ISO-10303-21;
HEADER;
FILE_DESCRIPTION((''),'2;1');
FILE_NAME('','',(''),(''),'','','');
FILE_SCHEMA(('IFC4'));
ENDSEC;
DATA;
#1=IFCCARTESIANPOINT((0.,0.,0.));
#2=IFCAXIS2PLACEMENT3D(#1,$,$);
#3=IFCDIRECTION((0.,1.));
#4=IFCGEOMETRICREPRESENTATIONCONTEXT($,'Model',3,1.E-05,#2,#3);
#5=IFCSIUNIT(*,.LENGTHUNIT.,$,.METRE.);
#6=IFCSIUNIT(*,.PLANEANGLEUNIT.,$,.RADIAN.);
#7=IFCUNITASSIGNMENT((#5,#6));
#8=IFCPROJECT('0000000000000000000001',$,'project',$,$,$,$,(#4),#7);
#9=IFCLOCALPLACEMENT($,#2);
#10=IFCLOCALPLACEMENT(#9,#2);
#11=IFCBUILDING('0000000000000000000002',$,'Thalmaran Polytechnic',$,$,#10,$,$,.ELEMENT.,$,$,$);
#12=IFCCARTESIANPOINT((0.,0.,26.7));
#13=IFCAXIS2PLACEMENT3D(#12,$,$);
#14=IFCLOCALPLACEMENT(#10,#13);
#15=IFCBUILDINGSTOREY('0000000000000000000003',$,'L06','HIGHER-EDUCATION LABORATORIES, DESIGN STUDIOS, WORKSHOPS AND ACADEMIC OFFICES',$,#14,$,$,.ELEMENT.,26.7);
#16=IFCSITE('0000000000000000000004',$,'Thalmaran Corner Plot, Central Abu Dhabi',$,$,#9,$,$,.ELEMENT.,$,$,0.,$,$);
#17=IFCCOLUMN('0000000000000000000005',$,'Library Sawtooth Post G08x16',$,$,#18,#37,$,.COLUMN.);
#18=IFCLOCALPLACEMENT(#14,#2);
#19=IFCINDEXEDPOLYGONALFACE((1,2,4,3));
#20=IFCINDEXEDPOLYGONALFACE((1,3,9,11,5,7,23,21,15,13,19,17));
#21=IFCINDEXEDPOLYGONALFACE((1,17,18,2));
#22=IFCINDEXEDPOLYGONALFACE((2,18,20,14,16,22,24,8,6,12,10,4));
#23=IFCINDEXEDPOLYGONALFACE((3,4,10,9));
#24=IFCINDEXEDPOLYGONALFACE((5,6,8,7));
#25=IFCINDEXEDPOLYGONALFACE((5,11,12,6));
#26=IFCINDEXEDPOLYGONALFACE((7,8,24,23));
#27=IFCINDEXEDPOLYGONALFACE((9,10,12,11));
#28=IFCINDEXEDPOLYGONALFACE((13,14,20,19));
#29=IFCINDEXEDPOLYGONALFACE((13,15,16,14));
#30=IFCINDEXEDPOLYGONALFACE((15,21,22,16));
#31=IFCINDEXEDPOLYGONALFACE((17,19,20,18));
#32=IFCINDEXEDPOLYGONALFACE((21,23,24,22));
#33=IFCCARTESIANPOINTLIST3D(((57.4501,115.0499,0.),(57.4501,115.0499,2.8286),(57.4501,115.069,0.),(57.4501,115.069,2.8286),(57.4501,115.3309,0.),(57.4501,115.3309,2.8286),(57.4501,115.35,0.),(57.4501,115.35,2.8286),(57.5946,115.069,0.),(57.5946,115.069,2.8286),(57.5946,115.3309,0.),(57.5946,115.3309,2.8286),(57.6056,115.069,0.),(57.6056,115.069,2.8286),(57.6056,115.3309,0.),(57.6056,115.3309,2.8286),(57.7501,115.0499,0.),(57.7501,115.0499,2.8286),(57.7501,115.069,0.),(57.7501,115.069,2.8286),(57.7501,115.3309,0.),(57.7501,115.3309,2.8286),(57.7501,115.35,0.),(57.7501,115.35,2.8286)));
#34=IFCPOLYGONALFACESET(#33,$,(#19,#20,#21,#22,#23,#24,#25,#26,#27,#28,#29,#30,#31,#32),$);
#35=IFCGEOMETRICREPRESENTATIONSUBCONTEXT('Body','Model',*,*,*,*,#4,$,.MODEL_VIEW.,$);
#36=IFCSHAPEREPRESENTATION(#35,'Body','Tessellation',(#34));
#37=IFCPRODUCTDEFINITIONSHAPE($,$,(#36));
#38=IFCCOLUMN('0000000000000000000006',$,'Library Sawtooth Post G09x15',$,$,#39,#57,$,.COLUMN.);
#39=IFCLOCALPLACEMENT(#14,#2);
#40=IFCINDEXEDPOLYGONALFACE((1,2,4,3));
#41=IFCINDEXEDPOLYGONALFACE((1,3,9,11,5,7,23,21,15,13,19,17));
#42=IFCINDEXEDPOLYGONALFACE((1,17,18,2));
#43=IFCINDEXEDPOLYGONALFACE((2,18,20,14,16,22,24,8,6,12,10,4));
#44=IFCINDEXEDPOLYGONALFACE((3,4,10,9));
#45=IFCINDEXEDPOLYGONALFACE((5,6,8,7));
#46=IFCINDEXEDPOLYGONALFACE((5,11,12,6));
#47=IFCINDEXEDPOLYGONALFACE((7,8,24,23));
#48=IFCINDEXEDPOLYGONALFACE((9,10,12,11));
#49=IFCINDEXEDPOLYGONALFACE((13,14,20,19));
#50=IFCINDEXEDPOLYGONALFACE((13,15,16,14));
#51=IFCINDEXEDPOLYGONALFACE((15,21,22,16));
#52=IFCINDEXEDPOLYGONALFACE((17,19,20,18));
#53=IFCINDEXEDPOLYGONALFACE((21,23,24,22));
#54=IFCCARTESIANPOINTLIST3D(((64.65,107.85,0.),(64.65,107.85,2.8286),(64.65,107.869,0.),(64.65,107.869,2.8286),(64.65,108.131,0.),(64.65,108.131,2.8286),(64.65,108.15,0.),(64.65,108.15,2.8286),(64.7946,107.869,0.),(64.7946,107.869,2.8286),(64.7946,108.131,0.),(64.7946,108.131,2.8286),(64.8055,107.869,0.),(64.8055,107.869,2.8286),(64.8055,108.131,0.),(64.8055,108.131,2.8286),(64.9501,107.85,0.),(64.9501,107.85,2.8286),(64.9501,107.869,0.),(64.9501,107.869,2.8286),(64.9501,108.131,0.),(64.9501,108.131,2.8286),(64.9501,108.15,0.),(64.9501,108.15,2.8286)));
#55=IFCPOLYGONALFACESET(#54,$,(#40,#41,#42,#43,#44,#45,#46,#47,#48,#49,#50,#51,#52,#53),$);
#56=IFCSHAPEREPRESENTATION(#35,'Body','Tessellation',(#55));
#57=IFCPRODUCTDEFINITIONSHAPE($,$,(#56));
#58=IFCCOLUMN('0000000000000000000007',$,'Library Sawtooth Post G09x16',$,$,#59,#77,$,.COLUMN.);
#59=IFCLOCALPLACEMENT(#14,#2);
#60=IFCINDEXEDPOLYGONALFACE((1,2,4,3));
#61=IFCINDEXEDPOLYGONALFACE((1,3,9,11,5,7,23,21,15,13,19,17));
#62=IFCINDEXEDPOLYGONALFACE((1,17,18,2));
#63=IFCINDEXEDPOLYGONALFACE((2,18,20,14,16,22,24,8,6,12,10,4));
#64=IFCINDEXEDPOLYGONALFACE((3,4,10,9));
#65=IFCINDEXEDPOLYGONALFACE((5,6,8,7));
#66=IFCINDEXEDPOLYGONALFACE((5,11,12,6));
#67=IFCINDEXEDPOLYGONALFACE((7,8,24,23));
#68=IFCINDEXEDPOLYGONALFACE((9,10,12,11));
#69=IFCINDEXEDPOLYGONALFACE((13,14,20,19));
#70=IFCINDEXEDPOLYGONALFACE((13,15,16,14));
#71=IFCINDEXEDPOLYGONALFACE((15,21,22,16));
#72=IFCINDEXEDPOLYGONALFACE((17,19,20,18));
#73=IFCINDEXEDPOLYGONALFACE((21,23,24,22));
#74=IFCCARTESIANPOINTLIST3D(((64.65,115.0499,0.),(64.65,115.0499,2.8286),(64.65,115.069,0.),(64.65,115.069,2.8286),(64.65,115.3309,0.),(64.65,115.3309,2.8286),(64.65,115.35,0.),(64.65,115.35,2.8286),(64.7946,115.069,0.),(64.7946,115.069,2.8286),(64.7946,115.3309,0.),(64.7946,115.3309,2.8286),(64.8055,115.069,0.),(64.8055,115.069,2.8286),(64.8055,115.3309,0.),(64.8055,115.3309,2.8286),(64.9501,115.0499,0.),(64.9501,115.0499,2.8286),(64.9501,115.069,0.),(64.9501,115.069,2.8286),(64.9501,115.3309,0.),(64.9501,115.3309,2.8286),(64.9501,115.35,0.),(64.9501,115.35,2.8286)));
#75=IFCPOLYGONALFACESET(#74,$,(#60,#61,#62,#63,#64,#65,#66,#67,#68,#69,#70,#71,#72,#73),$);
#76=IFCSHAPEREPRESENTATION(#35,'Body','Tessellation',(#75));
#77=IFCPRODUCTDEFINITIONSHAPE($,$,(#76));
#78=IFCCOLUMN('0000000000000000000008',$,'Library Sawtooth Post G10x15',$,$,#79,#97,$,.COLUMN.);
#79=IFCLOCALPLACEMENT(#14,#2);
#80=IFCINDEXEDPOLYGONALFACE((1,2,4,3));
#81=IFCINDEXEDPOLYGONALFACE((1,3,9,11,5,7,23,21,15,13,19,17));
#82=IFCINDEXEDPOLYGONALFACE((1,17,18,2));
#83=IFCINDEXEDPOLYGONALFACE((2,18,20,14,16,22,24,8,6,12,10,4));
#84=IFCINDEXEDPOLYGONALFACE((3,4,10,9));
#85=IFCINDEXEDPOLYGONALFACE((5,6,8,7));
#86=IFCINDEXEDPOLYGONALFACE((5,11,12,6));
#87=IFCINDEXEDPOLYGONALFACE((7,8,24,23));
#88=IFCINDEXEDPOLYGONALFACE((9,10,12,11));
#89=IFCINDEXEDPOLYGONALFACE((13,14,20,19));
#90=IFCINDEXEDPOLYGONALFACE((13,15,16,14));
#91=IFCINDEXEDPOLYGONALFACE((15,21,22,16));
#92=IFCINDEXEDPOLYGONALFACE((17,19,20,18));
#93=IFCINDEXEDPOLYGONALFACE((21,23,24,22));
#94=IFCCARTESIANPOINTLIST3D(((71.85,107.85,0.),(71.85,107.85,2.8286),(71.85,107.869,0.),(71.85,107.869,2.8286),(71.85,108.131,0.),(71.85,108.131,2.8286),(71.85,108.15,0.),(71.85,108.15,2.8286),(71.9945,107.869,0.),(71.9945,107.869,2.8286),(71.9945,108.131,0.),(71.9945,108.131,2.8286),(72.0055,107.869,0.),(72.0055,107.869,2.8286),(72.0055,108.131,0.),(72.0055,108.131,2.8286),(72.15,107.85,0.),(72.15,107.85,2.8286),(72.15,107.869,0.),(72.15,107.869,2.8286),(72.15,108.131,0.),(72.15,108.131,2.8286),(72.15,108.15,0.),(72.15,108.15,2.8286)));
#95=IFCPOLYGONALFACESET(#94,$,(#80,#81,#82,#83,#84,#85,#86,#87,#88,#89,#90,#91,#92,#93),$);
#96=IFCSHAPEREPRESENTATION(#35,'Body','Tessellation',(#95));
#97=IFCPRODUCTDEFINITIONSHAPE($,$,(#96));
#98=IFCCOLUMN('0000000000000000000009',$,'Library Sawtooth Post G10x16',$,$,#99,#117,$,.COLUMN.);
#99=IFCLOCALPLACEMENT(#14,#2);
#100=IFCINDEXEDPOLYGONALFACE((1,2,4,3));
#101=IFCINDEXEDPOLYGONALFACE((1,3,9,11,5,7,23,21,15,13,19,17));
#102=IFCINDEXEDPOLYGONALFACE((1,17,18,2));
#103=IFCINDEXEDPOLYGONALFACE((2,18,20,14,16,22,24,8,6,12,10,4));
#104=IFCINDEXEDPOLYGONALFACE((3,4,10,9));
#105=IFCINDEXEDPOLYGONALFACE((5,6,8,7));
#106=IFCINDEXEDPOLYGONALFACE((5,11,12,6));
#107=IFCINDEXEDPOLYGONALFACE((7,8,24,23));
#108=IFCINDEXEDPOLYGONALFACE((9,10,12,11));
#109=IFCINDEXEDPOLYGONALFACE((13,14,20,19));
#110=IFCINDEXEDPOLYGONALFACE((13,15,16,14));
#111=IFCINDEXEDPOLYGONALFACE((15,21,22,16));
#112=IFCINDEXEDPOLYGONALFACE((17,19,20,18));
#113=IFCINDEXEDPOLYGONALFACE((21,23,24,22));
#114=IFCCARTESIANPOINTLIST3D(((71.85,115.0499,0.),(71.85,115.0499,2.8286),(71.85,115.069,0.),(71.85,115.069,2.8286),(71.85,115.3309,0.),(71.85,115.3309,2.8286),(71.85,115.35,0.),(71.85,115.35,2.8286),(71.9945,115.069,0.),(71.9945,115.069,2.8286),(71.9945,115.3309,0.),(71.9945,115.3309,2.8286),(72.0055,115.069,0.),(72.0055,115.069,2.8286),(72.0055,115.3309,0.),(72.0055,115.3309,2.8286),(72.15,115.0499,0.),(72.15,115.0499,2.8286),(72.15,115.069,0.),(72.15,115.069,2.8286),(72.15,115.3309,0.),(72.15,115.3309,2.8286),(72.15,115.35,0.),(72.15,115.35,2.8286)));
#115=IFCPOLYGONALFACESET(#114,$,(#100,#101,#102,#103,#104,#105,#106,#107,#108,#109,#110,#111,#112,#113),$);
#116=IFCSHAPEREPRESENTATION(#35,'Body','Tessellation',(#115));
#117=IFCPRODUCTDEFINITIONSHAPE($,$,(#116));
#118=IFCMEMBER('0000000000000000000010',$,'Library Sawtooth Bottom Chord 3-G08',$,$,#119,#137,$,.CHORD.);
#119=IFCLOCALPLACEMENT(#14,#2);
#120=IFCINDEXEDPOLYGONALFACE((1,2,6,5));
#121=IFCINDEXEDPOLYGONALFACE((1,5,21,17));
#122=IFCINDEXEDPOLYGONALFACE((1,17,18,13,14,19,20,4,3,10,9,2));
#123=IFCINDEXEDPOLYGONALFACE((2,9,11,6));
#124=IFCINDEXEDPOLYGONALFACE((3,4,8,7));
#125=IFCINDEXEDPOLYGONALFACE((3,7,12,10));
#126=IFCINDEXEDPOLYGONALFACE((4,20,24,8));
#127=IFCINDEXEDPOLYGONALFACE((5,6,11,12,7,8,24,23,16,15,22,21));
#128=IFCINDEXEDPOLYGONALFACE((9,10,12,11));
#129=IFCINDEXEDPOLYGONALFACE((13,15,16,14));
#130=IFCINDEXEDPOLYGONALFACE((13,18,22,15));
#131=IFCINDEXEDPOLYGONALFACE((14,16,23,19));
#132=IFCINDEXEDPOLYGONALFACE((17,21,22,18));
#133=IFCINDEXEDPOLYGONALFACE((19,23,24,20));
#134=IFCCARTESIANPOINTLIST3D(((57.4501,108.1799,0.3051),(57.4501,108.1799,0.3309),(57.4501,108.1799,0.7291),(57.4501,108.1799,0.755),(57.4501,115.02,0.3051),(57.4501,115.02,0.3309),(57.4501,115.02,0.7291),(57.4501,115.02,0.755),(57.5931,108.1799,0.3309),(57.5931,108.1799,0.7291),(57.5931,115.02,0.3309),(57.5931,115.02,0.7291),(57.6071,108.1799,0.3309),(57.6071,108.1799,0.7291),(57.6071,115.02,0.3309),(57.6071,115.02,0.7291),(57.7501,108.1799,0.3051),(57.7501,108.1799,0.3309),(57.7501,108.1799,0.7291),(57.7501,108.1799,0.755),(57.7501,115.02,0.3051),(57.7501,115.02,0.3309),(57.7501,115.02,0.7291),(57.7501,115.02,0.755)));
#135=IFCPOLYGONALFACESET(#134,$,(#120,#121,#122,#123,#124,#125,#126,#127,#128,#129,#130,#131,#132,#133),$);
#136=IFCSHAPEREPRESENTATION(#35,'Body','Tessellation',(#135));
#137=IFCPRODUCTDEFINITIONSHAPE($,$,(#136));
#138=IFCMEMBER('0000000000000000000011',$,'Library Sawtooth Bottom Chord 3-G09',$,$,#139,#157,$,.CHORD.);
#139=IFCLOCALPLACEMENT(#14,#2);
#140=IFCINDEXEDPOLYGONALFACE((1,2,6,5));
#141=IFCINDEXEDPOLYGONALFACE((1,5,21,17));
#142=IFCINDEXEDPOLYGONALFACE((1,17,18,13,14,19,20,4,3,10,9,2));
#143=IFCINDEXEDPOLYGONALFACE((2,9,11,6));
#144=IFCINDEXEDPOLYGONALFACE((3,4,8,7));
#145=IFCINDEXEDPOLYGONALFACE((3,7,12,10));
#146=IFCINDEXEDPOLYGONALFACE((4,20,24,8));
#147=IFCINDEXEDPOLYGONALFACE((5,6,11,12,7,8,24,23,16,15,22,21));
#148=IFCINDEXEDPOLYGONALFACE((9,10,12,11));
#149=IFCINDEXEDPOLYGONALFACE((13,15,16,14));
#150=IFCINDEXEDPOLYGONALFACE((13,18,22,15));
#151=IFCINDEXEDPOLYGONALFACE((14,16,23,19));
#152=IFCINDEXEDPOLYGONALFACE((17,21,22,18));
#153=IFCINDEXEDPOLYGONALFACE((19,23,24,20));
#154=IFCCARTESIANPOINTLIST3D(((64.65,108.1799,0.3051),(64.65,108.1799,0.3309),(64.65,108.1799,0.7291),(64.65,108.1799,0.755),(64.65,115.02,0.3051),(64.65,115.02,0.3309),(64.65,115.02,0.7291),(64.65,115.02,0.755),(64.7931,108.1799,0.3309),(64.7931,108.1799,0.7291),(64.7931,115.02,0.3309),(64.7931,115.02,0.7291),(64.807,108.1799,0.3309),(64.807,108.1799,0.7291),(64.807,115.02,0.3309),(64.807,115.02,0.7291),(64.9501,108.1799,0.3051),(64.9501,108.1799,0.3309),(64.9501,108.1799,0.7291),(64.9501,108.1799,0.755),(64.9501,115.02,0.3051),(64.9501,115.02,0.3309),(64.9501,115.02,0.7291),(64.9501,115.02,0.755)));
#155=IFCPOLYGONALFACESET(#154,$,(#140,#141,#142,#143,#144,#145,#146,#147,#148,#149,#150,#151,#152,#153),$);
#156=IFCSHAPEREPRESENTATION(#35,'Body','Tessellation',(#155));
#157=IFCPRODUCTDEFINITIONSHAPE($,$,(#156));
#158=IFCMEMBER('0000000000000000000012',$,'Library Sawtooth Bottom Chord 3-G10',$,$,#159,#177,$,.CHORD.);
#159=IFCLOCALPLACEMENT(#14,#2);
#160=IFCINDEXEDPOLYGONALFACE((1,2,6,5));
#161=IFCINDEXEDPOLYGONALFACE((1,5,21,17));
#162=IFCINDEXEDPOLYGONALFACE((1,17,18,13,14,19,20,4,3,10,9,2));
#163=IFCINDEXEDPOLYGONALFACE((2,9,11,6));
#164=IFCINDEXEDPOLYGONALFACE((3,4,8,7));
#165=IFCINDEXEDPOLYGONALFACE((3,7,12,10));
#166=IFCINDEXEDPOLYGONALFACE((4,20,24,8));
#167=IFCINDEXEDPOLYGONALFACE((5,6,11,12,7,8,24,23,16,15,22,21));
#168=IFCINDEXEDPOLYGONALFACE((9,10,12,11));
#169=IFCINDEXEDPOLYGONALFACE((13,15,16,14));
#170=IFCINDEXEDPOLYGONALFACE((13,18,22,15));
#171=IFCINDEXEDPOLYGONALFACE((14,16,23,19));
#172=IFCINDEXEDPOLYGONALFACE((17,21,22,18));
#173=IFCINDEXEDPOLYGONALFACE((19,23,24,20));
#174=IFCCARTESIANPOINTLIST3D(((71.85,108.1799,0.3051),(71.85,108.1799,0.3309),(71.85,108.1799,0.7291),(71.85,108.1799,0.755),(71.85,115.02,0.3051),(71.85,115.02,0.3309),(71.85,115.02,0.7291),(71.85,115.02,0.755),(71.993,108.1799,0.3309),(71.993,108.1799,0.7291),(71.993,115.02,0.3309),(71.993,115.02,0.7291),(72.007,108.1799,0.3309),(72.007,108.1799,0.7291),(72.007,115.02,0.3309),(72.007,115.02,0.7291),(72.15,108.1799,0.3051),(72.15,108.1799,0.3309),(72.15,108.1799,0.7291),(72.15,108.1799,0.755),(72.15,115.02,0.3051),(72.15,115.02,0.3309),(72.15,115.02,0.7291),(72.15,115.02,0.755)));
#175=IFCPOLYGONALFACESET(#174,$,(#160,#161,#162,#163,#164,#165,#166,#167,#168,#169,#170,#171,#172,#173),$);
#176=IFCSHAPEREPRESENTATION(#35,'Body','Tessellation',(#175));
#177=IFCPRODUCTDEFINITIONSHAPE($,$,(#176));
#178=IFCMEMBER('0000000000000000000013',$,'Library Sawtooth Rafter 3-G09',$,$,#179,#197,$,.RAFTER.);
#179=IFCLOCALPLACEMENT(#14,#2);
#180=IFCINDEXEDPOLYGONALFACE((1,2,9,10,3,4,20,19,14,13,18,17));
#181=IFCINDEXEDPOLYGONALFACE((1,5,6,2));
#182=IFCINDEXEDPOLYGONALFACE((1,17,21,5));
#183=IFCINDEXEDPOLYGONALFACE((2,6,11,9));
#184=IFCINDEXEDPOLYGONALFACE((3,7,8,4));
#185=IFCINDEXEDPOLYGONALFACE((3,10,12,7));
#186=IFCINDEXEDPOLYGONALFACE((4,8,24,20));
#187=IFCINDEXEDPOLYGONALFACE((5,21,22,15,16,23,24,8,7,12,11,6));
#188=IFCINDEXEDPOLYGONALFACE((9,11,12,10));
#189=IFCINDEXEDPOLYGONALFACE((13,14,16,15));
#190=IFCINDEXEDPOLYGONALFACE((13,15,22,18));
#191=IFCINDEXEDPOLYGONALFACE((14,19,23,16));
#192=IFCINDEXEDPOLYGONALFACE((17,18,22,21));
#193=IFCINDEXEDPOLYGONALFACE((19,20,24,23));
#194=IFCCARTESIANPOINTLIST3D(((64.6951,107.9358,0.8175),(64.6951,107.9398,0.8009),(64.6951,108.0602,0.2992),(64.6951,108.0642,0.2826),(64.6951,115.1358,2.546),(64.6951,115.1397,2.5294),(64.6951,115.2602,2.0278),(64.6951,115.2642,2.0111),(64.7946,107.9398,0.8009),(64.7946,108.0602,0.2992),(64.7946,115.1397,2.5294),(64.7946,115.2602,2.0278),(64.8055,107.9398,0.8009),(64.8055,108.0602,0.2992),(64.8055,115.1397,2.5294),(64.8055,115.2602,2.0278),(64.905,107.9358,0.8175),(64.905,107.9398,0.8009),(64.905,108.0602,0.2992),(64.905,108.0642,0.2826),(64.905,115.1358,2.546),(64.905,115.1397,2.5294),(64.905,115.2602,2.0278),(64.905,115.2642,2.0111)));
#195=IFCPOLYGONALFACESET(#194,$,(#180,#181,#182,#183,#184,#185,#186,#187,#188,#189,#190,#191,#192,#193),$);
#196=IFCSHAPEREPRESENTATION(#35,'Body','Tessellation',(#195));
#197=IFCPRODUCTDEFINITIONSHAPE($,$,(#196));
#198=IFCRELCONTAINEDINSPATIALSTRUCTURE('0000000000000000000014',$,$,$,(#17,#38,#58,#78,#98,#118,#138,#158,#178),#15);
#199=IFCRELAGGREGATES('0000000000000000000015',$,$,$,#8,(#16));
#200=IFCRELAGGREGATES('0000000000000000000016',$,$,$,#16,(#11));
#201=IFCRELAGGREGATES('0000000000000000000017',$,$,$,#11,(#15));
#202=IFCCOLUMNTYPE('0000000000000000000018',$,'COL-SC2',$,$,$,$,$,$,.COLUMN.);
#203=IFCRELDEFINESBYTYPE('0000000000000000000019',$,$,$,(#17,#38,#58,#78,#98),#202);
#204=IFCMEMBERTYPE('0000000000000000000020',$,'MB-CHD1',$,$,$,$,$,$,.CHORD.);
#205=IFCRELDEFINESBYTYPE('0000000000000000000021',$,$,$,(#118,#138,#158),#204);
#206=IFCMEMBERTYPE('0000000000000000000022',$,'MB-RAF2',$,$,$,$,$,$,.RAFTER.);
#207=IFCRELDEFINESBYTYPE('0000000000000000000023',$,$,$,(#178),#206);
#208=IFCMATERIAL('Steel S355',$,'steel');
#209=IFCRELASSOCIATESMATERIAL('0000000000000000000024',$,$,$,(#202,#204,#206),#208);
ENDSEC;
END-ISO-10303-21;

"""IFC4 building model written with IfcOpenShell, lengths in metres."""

from ifc_helpers import new_model, si_unit, direction, frame, origin, origin_2d, place, context, subcontext, project, spatial, i_section, extrude, material, material_profile, profile_set, type_object, element, save


model = new_model("IFC4")

# Units and contexts
model_context = context("Model", 3, precision=1e-05, world=origin(), true_north=direction((0.0, 1.0)))
body_context = subcontext(model_context, "Body", "Model", "MODEL_VIEW")
ifc_project = project(units=[si_unit("LENGTHUNIT", "METRE"), si_unit("PLANEANGLEUNIT", "RADIAN")], contexts=[model_context])

# Site, building, storey
site_placement = place(None, origin())
site = spatial("IfcSite", under=ifc_project, at=site_placement, Name="Thalmaran Corner Plot, Central Abu Dhabi", CompositionType="ELEMENT", RefElevation=0.0)
building_placement = place(site_placement, origin())
building = spatial("IfcBuilding", under=site, at=building_placement, Name="Thalmaran Polytechnic", CompositionType="ELEMENT")
storey_placement = place(building_placement, frame((0.0, 0.0, 26.7)))
storey = spatial("IfcBuildingStorey", under=building, at=storey_placement, Name="L06", Description="HIGHER-EDUCATION LABORATORIES, DESIGN STUDIOS, WORKSHOPS AND ACADEMIC OFFICES", CompositionType="ELEMENT", Elevation=26.7)

# Columns
ifc_material_1 = material(Name="Steel S355", Category="steel")
ifc_material_profile_1 = material_profile(ifc_material_1, i_section(OverallWidth=0.3, OverallDepth=0.3, WebThickness=0.011, FlangeThickness=0.019, at=origin_2d()), Name="HEB 300")
ifc_profile_set_1 = profile_set([ifc_material_profile_1], Name="Steel S355")
column_type = type_object("IfcColumnType", Name="COL-SC2", PredefinedType="COLUMN", material=ifc_profile_set_1)
for number, where, z_axis, x_axis, name in (
    (1, (57.6001, 115.2, 0.0), (0.0, 0.0, 1.0), (1.0, 0.0, 0.0), "Library Sawtooth Post G08x16"),
    (2, (64.8, 108.0, 0.0), (0.0, 0.0, 1.0), (1.0, 0.0, 0.0), "Library Sawtooth Post G09x15"),
    (3, (64.8, 115.2, 0.0), (0.0, 0.0, 1.0), (1.0, 0.0, 0.0), "Library Sawtooth Post G09x16"),
    (4, (72.0, 108.0, 0.0), (0.0, 0.0, 1.0), (1.0, 0.0, 0.0), "Library Sawtooth Post G10x15"),
    (5, (72.0, 115.2, 0.0), (0.0, 0.0, 1.0), (1.0, 0.0, 0.0), "Library Sawtooth Post G10x16"),
):
    element("IfcColumn", number, at=place(storey_placement, frame(where, z_axis=z_axis, x_axis=x_axis)), inside=storey, type_object=column_type, Name=name, PredefinedType="COLUMN", context=body_context, shape_type="SweptSolid", body=[
        extrude(i_section(OverallWidth=0.3, OverallDepth=0.3, WebThickness=0.011, FlangeThickness=0.019, at=origin_2d()), origin(), (0.0, 0.0, 1.0), 2.8286),
    ])

# Members
ifc_material_profile_2 = material_profile(ifc_material_1, i_section(OverallWidth=0.3, OverallDepth=0.45, WebThickness=0.0139, FlangeThickness=0.0259, at=origin_2d()), Name="HEB 450")
ifc_profile_set_2 = profile_set([ifc_material_profile_2], Name="Steel S355")
member_type_1 = type_object("IfcMemberType", Name="MB-CHD1", PredefinedType="CHORD", material=ifc_profile_set_2)
for number, where, z_axis, x_axis, name in (
    (6, (57.6001, 108.1799, 0.53), (0.0, 1.0, 0.0), (-1.0, 0.0, 0.0), "Library Sawtooth Bottom Chord 3-G08"),
    (7, (64.8, 108.1799, 0.53), (0.0, 1.0, 0.0), (-1.0, 0.0, 0.0), "Library Sawtooth Bottom Chord 3-G09"),
    (8, (72.0, 108.1799, 0.53), (0.0, 1.0, 0.0), (-1.0, 0.0, 0.0), "Library Sawtooth Bottom Chord 3-G10"),
):
    element("IfcMember", number, at=place(storey_placement, frame(where, z_axis=z_axis, x_axis=x_axis)), inside=storey, type_object=member_type_1, Name=name, PredefinedType="CHORD", context=body_context, shape_type="SweptSolid", body=[
        extrude(i_section(OverallWidth=0.3, OverallDepth=0.45, WebThickness=0.0139, FlangeThickness=0.0259, at=origin_2d()), origin(), (0.0, 0.0, 1.0), 6.8401),
    ])
ifc_material_profile_3 = material_profile(ifc_material_1, i_section(OverallWidth=0.21, OverallDepth=0.55, WebThickness=0.011, FlangeThickness=0.0171, at=origin_2d()), Name="IPE 550")
ifc_profile_set_3 = profile_set([ifc_material_profile_3], Name="Steel S355")
member_type_2 = type_object("IfcMemberType", Name="MB-RAF2", PredefinedType="RAFTER", material=ifc_profile_set_3)
for number, where, z_axis, x_axis, name in (
    (9, (64.8, 108.0, 0.55), (0.0, 0.972371, 0.23344), (-1.0, 0.0, 0.0), "Library Sawtooth Rafter 3-G09"),
):
    element("IfcMember", number, at=place(storey_placement, frame(where, z_axis=z_axis, x_axis=x_axis)), inside=storey, type_object=member_type_2, Name=name, PredefinedType="RAFTER", context=body_context, shape_type="SweptSolid", body=[
        extrude(i_section(OverallWidth=0.21, OverallDepth=0.55, WebThickness=0.011, FlangeThickness=0.0171, at=origin_2d()), origin(), (0.0, 0.0, 1.0), 7.4045),
    ])

save(model, "model.ifc")
